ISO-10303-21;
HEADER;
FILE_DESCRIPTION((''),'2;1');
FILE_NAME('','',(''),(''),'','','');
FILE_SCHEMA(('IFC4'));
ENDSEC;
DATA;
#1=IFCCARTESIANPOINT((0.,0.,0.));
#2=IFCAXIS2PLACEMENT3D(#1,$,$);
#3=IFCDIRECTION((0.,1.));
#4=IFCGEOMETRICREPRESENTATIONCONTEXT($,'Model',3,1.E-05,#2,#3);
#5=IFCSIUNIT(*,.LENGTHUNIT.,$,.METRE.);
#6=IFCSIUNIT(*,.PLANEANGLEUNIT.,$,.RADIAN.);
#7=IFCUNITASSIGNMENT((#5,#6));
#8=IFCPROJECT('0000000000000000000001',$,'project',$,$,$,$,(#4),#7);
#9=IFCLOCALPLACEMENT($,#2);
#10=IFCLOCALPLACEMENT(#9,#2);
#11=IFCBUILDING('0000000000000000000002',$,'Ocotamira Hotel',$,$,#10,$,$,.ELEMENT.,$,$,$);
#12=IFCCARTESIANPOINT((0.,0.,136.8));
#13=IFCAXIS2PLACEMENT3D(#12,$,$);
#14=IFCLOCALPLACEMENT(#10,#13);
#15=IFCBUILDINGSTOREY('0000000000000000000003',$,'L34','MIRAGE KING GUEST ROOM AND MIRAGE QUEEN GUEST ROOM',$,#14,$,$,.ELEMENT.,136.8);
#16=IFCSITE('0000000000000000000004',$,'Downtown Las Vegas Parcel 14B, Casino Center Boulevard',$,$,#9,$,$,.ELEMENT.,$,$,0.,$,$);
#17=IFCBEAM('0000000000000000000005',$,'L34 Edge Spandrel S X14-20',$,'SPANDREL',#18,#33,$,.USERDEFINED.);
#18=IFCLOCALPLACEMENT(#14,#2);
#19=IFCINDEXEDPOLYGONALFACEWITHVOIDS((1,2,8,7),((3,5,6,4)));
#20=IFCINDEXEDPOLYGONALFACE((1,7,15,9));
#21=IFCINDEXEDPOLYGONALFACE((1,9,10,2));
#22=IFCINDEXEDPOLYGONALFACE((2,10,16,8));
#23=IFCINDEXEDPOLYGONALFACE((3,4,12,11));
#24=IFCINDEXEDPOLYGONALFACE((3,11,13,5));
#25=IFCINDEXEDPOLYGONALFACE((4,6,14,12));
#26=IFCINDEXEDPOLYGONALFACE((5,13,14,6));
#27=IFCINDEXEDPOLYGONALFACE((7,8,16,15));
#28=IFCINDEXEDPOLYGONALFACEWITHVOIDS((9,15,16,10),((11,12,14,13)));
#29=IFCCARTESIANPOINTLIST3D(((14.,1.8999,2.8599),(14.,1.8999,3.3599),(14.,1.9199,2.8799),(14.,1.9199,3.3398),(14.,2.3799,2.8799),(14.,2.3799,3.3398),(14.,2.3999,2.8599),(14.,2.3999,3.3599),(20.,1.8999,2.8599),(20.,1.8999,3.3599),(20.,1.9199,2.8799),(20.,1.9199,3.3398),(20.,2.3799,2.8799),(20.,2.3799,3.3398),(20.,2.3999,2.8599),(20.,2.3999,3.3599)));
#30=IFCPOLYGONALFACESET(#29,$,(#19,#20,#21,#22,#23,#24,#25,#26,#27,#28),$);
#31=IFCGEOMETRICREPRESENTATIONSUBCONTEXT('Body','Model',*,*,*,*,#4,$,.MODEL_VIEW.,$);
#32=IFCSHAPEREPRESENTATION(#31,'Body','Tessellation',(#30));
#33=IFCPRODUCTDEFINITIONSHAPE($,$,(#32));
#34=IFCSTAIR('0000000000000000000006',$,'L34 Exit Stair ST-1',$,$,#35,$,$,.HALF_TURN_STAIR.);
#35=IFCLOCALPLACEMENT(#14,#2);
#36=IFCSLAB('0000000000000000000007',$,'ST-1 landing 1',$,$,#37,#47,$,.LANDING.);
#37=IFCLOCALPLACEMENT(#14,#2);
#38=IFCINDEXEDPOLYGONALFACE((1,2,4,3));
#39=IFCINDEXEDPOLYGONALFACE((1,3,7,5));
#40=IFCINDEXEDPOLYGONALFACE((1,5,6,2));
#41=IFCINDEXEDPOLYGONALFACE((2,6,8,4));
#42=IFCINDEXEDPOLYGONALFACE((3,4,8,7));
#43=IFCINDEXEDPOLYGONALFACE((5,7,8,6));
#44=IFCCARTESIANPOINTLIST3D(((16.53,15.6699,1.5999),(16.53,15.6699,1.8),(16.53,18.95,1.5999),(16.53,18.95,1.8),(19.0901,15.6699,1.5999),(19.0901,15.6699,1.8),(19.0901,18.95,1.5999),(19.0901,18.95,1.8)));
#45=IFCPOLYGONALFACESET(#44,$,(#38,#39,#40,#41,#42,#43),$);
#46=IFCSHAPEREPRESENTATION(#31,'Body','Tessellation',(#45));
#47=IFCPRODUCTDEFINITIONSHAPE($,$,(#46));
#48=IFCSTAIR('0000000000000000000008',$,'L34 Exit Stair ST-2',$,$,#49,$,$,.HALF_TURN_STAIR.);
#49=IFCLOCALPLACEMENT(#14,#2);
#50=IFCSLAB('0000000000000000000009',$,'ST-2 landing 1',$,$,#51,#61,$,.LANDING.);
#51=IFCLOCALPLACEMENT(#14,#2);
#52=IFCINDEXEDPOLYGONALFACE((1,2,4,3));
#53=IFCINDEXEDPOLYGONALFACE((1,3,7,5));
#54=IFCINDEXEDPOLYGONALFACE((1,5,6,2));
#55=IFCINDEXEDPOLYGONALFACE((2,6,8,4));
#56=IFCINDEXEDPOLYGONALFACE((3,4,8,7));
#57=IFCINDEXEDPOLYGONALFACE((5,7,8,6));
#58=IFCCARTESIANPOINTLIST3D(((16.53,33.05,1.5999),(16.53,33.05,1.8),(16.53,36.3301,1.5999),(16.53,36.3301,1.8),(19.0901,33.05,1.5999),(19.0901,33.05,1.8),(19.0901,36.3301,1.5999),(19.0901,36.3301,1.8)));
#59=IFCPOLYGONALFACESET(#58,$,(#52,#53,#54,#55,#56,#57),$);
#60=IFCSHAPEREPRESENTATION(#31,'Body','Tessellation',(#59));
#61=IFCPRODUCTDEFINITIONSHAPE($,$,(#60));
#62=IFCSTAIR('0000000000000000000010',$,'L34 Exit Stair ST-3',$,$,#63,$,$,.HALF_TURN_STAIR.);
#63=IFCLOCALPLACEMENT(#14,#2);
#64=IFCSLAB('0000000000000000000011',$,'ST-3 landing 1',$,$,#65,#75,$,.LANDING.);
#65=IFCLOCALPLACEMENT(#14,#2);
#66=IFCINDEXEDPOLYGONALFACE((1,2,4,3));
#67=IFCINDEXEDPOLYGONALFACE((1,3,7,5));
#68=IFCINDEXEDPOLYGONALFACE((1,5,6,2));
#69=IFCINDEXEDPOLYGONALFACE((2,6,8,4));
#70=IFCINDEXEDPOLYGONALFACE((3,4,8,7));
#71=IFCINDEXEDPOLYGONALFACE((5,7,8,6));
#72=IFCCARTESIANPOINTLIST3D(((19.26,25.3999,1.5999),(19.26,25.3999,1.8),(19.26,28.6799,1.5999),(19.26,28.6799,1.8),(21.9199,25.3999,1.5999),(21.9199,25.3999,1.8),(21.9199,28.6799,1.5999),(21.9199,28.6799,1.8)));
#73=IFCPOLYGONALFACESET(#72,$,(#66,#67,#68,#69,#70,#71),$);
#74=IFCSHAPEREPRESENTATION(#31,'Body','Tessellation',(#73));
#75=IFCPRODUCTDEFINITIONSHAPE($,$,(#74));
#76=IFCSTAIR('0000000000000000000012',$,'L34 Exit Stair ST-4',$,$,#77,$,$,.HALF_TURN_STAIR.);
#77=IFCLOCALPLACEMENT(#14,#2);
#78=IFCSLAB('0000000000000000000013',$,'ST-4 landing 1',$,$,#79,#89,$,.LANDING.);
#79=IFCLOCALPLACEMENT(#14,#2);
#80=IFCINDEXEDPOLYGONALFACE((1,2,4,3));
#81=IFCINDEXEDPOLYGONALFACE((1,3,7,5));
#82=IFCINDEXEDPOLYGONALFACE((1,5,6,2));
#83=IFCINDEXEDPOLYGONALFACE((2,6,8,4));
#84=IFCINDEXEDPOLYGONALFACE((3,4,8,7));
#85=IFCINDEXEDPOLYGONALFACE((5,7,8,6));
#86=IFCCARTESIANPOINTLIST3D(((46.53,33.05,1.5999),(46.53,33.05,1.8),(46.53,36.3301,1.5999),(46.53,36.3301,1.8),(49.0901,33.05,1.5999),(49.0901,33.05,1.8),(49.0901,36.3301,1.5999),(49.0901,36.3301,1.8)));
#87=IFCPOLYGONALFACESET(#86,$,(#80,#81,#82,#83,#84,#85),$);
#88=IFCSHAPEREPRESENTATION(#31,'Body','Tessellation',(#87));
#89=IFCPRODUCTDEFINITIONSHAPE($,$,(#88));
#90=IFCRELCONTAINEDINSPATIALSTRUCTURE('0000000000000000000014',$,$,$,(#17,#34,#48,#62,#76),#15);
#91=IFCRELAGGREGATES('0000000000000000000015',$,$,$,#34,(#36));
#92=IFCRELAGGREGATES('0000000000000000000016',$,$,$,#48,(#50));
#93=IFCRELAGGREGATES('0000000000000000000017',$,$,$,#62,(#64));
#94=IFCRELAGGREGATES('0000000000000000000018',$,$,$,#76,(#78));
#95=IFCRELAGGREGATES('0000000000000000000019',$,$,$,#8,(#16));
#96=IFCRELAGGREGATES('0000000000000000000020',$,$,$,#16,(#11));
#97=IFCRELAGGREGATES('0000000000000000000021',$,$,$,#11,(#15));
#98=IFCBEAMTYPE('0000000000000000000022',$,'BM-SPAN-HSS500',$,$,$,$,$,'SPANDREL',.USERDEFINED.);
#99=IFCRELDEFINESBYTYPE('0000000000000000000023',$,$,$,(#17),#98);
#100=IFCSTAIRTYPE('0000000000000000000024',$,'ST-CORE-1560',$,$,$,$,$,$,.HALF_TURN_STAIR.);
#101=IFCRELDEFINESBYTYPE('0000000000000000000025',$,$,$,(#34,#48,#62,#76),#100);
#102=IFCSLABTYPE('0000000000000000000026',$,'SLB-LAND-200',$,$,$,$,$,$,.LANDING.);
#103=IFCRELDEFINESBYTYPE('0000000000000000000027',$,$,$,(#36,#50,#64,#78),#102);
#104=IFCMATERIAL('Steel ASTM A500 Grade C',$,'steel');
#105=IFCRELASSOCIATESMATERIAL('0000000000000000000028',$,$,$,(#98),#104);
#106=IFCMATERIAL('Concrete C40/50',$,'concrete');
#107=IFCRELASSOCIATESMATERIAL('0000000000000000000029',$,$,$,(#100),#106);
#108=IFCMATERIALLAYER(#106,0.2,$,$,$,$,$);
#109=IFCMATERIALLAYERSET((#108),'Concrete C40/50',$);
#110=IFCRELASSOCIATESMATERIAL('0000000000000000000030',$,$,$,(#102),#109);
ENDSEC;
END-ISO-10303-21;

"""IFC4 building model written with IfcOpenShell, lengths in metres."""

from ifc_helpers import new_model, si_unit, direction, frame, origin, origin_2d, place, context, subcontext, project, spatial, polyline, hollow_rectangle, outline, extrude, source, transform, mapped, material, layer, layer_set, material_profile, profile_set, type_object, element, aggregate, save


model = new_model("IFC4")

# Units and contexts
model_context = context("Model", 3, precision=1e-05, world=origin(), true_north=direction((0.0, 1.0)))
body_context = subcontext(model_context, "Body", "Model", "MODEL_VIEW")
ifc_project = project(units=[si_unit("LENGTHUNIT", "METRE"), si_unit("PLANEANGLEUNIT", "RADIAN")], contexts=[model_context])

# Site, building, storey
site_placement = place(None, origin())
site = spatial("IfcSite", under=ifc_project, at=site_placement, Name="Downtown Las Vegas Parcel 14B, Casino Center Boulevard", CompositionType="ELEMENT", RefElevation=0.0)
building_placement = place(site_placement, origin())
building = spatial("IfcBuilding", under=site, at=building_placement, Name="Ocotamira Hotel", CompositionType="ELEMENT")
storey_placement = place(building_placement, frame((0.0, 0.0, 136.8)))
storey = spatial("IfcBuildingStorey", under=building, at=storey_placement, Name="L34", Description="MIRAGE KING GUEST ROOM AND MIRAGE QUEEN GUEST ROOM", CompositionType="ELEMENT", Elevation=136.8)

# Beam
ifc_material_1 = material(Name="Steel ASTM A500 Grade C", Category="steel")
ifc_material_profile = material_profile(ifc_material_1, hollow_rectangle(XDim=0.5, YDim=0.5, WallThickness=0.02, at=origin_2d()), Name="HSS500X500X20")
ifc_profile_set = profile_set([ifc_material_profile], Name="Steel ASTM A500 Grade C")
beam_type = type_object("IfcBeamType", Name="BM-SPAN-HSS500", ElementType="SPANDREL", PredefinedType="USERDEFINED", material=ifc_profile_set)
shared_shape_1 = source(origin(), body_context, "Body", "SweptSolid", [
    extrude(hollow_rectangle(XDim=0.5, YDim=0.5, WallThickness=0.02, at=origin_2d()), origin(), (0.0, 0.0, 1.0), 6.0),
])
beam_placement = place(storey_placement, frame((14.0, 2.1499, 3.1099), z_axis=(1.0, 0.0, 0.0), x_axis=(0.0, 1.0, 0.0)))
element("IfcBeam", 1, at=beam_placement, inside=storey, type_object=beam_type, Name="L34 Edge Spandrel S X14-20", ObjectType="SPANDREL", PredefinedType="USERDEFINED", context=body_context, shape_type="MappedRepresentation", body=[
    mapped(shared_shape_1, transform((0.0, 0.0, 0.0), scale=1.0)),
])

# Stairs, slabs
ifc_material_2 = material(Name="Concrete C40/50", Category="concrete")
stair_type = type_object("IfcStairType", Name="ST-CORE-1560", PredefinedType="HALF_TURN_STAIR", material=ifc_material_2)
stair_1_placement = place(storey_placement, origin())
stair_1 = element("IfcStair", 2, at=stair_1_placement, inside=storey, type_object=stair_type, Name="L34 Exit Stair ST-1", PredefinedType="HALF_TURN_STAIR")
ifc_layer_1 = layer(ifc_material_2, 0.2)
ifc_layer_set_1 = layer_set([ifc_layer_1], Name="Concrete C40/50")
slab_type_1 = type_object("IfcSlabType", Name="SLB-LAND-200", PredefinedType="LANDING", material=ifc_layer_set_1)
slab_1_placement = place(storey_placement, frame((0.0, 0.0, 1.5999)))
slab_1 = element("IfcSlab", 3, at=slab_1_placement, type_object=slab_type_1, Name="ST-1 landing 1", PredefinedType="LANDING", context=body_context, shape_type="SweptSolid", body=[
    extrude(outline(polyline([(16.53, 15.6699), (19.0901, 15.6699), (19.0901, 18.95), (16.53, 18.95), (16.53, 15.6699)])), origin(), (0.0, 0.0, 1.0), 0.2002),
])
aggregate(stair_1, [slab_1])
stair_2_placement = place(storey_placement, origin())
stair_2 = element("IfcStair", 4, at=stair_2_placement, inside=storey, type_object=stair_type, Name="L34 Exit Stair ST-2", PredefinedType="HALF_TURN_STAIR")
slab_2_placement = place(storey_placement, frame((0.0, 0.0, 1.5999)))
slab_2 = element("IfcSlab", 5, at=slab_2_placement, type_object=slab_type_1, Name="ST-2 landing 1", PredefinedType="LANDING", context=body_context, shape_type="SweptSolid", body=[
    extrude(outline(polyline([(16.53, 33.05), (19.0901, 33.05), (19.0901, 36.3301), (16.53, 36.3301), (16.53, 33.05)])), origin(), (0.0, 0.0, 1.0), 0.2002),
])
aggregate(stair_2, [slab_2])
stair_3_placement = place(storey_placement, origin())
stair_3 = element("IfcStair", 6, at=stair_3_placement, inside=storey, type_object=stair_type, Name="L34 Exit Stair ST-3", PredefinedType="HALF_TURN_STAIR")
slab_3_placement = place(storey_placement, frame((0.0, 0.0, 1.5999)))
slab_3 = element("IfcSlab", 7, at=slab_3_placement, type_object=slab_type_1, Name="ST-3 landing 1", PredefinedType="LANDING", context=body_context, shape_type="SweptSolid", body=[
    extrude(outline(polyline([(19.26, 25.3999), (21.9199, 25.3999), (21.9199, 28.6799), (19.26, 28.6799), (19.26, 25.3999)])), origin(), (0.0, 0.0, 1.0), 0.2002),
])
aggregate(stair_3, [slab_3])
stair_4_placement = place(storey_placement, origin())
stair_4 = element("IfcStair", 8, at=stair_4_placement, inside=storey, type_object=stair_type, Name="L34 Exit Stair ST-4", PredefinedType="HALF_TURN_STAIR")
slab_4_placement = place(storey_placement, frame((0.0, 0.0, 1.5999)))
slab_4 = element("IfcSlab", 9, at=slab_4_placement, type_object=slab_type_1, Name="ST-4 landing 1", PredefinedType="LANDING", context=body_context, shape_type="SweptSolid", body=[
    extrude(outline(polyline([(46.53, 33.05), (49.0901, 33.05), (49.0901, 36.3301), (46.53, 36.3301), (46.53, 33.05)])), origin(), (0.0, 0.0, 1.0), 0.2002),
])
aggregate(stair_4, [slab_4])

save(model, "model.ifc")
